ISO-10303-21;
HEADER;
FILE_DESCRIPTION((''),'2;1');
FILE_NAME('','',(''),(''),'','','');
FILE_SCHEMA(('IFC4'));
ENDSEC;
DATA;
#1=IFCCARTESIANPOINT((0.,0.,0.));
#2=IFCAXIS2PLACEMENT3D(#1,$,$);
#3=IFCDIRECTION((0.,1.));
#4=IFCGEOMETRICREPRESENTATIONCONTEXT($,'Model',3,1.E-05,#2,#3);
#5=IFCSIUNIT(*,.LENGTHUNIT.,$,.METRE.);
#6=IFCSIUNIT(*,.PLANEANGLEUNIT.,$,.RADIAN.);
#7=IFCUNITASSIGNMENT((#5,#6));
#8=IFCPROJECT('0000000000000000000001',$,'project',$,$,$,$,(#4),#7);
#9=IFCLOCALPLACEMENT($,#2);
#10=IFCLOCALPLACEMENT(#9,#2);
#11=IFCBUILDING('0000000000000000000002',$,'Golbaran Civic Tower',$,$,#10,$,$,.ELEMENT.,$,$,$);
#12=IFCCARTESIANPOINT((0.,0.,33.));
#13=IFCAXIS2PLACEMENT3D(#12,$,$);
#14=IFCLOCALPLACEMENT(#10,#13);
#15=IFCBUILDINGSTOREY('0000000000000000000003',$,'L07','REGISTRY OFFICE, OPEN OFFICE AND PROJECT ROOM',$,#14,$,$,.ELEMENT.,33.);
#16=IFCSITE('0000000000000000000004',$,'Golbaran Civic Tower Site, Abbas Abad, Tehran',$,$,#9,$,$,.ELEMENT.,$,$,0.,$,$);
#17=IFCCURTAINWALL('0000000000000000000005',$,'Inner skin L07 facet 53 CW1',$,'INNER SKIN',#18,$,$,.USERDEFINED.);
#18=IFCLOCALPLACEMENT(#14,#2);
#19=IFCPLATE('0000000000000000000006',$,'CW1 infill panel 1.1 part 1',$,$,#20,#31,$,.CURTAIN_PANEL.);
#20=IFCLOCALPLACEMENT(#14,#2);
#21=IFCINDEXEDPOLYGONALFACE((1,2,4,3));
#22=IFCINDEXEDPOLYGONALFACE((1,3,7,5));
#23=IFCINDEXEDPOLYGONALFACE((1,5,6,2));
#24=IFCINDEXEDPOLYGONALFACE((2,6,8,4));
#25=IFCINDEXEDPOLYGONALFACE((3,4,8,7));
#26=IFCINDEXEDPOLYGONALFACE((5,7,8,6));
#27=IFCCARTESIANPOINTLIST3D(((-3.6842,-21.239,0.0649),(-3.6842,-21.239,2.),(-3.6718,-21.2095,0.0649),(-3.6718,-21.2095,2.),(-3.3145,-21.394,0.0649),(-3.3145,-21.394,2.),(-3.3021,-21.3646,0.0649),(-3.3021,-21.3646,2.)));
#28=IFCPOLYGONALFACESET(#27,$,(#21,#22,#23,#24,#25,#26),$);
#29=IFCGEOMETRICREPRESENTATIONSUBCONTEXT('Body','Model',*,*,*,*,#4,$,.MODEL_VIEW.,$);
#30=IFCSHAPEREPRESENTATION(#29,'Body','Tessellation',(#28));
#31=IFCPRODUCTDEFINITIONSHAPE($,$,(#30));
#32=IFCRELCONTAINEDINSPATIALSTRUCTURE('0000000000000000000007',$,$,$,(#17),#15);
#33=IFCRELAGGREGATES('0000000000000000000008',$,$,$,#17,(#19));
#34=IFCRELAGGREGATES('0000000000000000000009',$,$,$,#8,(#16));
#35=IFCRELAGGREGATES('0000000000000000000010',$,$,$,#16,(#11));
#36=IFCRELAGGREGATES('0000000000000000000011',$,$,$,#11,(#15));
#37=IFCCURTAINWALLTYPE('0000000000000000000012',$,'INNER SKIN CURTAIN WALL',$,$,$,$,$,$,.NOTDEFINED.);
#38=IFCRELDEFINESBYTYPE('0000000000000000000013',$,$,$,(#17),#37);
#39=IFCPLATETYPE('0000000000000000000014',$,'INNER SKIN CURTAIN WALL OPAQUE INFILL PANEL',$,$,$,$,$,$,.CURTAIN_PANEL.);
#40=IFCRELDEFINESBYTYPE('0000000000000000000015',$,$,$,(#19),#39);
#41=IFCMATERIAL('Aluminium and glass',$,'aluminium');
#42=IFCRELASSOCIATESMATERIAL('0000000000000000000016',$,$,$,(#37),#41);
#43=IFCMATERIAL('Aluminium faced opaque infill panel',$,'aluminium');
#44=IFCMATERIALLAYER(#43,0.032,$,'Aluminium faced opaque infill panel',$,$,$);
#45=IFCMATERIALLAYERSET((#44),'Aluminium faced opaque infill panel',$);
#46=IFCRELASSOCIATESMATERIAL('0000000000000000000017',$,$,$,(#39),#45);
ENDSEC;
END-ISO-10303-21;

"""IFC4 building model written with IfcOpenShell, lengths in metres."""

from ifc_helpers import new_model, si_unit, direction, frame, origin, origin_2d, place, context, subcontext, project, spatial, rectangle, extrude, material, layer, layer_set, type_object, element, aggregate, save


model = new_model("IFC4")

# Units and contexts
model_context = context("Model", 3, precision=1e-05, world=origin(), true_north=direction((0.0, 1.0)))
body_context = subcontext(model_context, "Body", "Model", "MODEL_VIEW")
ifc_project = project(units=[si_unit("LENGTHUNIT", "METRE"), si_unit("PLANEANGLEUNIT", "RADIAN")], contexts=[model_context])

# Site, building, storey
site_placement = place(None, origin())
site = spatial("IfcSite", under=ifc_project, at=site_placement, Name="Golbaran Civic Tower Site, Abbas Abad, Tehran", CompositionType="ELEMENT", RefElevation=0.0)
building_placement = place(site_placement, origin())
building = spatial("IfcBuilding", under=site, at=building_placement, Name="Golbaran Civic Tower", CompositionType="ELEMENT")
storey_placement = place(building_placement, frame((0.0, 0.0, 33.0)))
storey = spatial("IfcBuildingStorey", under=building, at=storey_placement, Name="L07", Description="REGISTRY OFFICE, OPEN OFFICE AND PROJECT ROOM", CompositionType="ELEMENT", Elevation=33.0)

# Curtain wall
ifc_material_1 = material(Name="Aluminium and glass", Category="aluminium")
curtain_wall_type = type_object("IfcCurtainWallType", Name="INNER SKIN CURTAIN WALL", PredefinedType="NOTDEFINED", material=ifc_material_1)
curtain_wall_1_placement = place(storey_placement, origin())
curtain_wall_1 = element("IfcCurtainWall", 1, at=curtain_wall_1_placement, inside=storey, type_object=curtain_wall_type, Name="Inner skin L07 facet 53 CW1", ObjectType="INNER SKIN", PredefinedType="USERDEFINED")

# Plate
ifc_material_2 = material(Name="Aluminium faced opaque infill panel", Category="aluminium")
ifc_layer_1 = layer(ifc_material_2, 0.032, Name="Aluminium faced opaque infill panel")
ifc_layer_set_1 = layer_set([ifc_layer_1], Name="Aluminium faced opaque infill panel")
plate_type_1 = type_object("IfcPlateType", Name="INNER SKIN CURTAIN WALL OPAQUE INFILL PANEL", PredefinedType="CURTAIN_PANEL", material=ifc_layer_set_1)
plate_1_placement = place(storey_placement, frame((-3.4932, -21.3018, 0.0649), z_axis=(0.0, 0.0, 1.0), x_axis=(0.922133, -0.386873, 0.0)))
plate_1 = element("IfcPlate", 2, at=plate_1_placement, type_object=plate_type_1, Name="CW1 infill panel 1.1 part 1", PredefinedType="CURTAIN_PANEL", context=body_context, shape_type="SweptSolid", body=[
    extrude(rectangle(XDim=0.4009, YDim=0.032, at=origin_2d()), origin(), (0.0, 0.0, 1.0), 1.9351),
])
aggregate(curtain_wall_1, [plate_1])

save(model, "model.ifc")
